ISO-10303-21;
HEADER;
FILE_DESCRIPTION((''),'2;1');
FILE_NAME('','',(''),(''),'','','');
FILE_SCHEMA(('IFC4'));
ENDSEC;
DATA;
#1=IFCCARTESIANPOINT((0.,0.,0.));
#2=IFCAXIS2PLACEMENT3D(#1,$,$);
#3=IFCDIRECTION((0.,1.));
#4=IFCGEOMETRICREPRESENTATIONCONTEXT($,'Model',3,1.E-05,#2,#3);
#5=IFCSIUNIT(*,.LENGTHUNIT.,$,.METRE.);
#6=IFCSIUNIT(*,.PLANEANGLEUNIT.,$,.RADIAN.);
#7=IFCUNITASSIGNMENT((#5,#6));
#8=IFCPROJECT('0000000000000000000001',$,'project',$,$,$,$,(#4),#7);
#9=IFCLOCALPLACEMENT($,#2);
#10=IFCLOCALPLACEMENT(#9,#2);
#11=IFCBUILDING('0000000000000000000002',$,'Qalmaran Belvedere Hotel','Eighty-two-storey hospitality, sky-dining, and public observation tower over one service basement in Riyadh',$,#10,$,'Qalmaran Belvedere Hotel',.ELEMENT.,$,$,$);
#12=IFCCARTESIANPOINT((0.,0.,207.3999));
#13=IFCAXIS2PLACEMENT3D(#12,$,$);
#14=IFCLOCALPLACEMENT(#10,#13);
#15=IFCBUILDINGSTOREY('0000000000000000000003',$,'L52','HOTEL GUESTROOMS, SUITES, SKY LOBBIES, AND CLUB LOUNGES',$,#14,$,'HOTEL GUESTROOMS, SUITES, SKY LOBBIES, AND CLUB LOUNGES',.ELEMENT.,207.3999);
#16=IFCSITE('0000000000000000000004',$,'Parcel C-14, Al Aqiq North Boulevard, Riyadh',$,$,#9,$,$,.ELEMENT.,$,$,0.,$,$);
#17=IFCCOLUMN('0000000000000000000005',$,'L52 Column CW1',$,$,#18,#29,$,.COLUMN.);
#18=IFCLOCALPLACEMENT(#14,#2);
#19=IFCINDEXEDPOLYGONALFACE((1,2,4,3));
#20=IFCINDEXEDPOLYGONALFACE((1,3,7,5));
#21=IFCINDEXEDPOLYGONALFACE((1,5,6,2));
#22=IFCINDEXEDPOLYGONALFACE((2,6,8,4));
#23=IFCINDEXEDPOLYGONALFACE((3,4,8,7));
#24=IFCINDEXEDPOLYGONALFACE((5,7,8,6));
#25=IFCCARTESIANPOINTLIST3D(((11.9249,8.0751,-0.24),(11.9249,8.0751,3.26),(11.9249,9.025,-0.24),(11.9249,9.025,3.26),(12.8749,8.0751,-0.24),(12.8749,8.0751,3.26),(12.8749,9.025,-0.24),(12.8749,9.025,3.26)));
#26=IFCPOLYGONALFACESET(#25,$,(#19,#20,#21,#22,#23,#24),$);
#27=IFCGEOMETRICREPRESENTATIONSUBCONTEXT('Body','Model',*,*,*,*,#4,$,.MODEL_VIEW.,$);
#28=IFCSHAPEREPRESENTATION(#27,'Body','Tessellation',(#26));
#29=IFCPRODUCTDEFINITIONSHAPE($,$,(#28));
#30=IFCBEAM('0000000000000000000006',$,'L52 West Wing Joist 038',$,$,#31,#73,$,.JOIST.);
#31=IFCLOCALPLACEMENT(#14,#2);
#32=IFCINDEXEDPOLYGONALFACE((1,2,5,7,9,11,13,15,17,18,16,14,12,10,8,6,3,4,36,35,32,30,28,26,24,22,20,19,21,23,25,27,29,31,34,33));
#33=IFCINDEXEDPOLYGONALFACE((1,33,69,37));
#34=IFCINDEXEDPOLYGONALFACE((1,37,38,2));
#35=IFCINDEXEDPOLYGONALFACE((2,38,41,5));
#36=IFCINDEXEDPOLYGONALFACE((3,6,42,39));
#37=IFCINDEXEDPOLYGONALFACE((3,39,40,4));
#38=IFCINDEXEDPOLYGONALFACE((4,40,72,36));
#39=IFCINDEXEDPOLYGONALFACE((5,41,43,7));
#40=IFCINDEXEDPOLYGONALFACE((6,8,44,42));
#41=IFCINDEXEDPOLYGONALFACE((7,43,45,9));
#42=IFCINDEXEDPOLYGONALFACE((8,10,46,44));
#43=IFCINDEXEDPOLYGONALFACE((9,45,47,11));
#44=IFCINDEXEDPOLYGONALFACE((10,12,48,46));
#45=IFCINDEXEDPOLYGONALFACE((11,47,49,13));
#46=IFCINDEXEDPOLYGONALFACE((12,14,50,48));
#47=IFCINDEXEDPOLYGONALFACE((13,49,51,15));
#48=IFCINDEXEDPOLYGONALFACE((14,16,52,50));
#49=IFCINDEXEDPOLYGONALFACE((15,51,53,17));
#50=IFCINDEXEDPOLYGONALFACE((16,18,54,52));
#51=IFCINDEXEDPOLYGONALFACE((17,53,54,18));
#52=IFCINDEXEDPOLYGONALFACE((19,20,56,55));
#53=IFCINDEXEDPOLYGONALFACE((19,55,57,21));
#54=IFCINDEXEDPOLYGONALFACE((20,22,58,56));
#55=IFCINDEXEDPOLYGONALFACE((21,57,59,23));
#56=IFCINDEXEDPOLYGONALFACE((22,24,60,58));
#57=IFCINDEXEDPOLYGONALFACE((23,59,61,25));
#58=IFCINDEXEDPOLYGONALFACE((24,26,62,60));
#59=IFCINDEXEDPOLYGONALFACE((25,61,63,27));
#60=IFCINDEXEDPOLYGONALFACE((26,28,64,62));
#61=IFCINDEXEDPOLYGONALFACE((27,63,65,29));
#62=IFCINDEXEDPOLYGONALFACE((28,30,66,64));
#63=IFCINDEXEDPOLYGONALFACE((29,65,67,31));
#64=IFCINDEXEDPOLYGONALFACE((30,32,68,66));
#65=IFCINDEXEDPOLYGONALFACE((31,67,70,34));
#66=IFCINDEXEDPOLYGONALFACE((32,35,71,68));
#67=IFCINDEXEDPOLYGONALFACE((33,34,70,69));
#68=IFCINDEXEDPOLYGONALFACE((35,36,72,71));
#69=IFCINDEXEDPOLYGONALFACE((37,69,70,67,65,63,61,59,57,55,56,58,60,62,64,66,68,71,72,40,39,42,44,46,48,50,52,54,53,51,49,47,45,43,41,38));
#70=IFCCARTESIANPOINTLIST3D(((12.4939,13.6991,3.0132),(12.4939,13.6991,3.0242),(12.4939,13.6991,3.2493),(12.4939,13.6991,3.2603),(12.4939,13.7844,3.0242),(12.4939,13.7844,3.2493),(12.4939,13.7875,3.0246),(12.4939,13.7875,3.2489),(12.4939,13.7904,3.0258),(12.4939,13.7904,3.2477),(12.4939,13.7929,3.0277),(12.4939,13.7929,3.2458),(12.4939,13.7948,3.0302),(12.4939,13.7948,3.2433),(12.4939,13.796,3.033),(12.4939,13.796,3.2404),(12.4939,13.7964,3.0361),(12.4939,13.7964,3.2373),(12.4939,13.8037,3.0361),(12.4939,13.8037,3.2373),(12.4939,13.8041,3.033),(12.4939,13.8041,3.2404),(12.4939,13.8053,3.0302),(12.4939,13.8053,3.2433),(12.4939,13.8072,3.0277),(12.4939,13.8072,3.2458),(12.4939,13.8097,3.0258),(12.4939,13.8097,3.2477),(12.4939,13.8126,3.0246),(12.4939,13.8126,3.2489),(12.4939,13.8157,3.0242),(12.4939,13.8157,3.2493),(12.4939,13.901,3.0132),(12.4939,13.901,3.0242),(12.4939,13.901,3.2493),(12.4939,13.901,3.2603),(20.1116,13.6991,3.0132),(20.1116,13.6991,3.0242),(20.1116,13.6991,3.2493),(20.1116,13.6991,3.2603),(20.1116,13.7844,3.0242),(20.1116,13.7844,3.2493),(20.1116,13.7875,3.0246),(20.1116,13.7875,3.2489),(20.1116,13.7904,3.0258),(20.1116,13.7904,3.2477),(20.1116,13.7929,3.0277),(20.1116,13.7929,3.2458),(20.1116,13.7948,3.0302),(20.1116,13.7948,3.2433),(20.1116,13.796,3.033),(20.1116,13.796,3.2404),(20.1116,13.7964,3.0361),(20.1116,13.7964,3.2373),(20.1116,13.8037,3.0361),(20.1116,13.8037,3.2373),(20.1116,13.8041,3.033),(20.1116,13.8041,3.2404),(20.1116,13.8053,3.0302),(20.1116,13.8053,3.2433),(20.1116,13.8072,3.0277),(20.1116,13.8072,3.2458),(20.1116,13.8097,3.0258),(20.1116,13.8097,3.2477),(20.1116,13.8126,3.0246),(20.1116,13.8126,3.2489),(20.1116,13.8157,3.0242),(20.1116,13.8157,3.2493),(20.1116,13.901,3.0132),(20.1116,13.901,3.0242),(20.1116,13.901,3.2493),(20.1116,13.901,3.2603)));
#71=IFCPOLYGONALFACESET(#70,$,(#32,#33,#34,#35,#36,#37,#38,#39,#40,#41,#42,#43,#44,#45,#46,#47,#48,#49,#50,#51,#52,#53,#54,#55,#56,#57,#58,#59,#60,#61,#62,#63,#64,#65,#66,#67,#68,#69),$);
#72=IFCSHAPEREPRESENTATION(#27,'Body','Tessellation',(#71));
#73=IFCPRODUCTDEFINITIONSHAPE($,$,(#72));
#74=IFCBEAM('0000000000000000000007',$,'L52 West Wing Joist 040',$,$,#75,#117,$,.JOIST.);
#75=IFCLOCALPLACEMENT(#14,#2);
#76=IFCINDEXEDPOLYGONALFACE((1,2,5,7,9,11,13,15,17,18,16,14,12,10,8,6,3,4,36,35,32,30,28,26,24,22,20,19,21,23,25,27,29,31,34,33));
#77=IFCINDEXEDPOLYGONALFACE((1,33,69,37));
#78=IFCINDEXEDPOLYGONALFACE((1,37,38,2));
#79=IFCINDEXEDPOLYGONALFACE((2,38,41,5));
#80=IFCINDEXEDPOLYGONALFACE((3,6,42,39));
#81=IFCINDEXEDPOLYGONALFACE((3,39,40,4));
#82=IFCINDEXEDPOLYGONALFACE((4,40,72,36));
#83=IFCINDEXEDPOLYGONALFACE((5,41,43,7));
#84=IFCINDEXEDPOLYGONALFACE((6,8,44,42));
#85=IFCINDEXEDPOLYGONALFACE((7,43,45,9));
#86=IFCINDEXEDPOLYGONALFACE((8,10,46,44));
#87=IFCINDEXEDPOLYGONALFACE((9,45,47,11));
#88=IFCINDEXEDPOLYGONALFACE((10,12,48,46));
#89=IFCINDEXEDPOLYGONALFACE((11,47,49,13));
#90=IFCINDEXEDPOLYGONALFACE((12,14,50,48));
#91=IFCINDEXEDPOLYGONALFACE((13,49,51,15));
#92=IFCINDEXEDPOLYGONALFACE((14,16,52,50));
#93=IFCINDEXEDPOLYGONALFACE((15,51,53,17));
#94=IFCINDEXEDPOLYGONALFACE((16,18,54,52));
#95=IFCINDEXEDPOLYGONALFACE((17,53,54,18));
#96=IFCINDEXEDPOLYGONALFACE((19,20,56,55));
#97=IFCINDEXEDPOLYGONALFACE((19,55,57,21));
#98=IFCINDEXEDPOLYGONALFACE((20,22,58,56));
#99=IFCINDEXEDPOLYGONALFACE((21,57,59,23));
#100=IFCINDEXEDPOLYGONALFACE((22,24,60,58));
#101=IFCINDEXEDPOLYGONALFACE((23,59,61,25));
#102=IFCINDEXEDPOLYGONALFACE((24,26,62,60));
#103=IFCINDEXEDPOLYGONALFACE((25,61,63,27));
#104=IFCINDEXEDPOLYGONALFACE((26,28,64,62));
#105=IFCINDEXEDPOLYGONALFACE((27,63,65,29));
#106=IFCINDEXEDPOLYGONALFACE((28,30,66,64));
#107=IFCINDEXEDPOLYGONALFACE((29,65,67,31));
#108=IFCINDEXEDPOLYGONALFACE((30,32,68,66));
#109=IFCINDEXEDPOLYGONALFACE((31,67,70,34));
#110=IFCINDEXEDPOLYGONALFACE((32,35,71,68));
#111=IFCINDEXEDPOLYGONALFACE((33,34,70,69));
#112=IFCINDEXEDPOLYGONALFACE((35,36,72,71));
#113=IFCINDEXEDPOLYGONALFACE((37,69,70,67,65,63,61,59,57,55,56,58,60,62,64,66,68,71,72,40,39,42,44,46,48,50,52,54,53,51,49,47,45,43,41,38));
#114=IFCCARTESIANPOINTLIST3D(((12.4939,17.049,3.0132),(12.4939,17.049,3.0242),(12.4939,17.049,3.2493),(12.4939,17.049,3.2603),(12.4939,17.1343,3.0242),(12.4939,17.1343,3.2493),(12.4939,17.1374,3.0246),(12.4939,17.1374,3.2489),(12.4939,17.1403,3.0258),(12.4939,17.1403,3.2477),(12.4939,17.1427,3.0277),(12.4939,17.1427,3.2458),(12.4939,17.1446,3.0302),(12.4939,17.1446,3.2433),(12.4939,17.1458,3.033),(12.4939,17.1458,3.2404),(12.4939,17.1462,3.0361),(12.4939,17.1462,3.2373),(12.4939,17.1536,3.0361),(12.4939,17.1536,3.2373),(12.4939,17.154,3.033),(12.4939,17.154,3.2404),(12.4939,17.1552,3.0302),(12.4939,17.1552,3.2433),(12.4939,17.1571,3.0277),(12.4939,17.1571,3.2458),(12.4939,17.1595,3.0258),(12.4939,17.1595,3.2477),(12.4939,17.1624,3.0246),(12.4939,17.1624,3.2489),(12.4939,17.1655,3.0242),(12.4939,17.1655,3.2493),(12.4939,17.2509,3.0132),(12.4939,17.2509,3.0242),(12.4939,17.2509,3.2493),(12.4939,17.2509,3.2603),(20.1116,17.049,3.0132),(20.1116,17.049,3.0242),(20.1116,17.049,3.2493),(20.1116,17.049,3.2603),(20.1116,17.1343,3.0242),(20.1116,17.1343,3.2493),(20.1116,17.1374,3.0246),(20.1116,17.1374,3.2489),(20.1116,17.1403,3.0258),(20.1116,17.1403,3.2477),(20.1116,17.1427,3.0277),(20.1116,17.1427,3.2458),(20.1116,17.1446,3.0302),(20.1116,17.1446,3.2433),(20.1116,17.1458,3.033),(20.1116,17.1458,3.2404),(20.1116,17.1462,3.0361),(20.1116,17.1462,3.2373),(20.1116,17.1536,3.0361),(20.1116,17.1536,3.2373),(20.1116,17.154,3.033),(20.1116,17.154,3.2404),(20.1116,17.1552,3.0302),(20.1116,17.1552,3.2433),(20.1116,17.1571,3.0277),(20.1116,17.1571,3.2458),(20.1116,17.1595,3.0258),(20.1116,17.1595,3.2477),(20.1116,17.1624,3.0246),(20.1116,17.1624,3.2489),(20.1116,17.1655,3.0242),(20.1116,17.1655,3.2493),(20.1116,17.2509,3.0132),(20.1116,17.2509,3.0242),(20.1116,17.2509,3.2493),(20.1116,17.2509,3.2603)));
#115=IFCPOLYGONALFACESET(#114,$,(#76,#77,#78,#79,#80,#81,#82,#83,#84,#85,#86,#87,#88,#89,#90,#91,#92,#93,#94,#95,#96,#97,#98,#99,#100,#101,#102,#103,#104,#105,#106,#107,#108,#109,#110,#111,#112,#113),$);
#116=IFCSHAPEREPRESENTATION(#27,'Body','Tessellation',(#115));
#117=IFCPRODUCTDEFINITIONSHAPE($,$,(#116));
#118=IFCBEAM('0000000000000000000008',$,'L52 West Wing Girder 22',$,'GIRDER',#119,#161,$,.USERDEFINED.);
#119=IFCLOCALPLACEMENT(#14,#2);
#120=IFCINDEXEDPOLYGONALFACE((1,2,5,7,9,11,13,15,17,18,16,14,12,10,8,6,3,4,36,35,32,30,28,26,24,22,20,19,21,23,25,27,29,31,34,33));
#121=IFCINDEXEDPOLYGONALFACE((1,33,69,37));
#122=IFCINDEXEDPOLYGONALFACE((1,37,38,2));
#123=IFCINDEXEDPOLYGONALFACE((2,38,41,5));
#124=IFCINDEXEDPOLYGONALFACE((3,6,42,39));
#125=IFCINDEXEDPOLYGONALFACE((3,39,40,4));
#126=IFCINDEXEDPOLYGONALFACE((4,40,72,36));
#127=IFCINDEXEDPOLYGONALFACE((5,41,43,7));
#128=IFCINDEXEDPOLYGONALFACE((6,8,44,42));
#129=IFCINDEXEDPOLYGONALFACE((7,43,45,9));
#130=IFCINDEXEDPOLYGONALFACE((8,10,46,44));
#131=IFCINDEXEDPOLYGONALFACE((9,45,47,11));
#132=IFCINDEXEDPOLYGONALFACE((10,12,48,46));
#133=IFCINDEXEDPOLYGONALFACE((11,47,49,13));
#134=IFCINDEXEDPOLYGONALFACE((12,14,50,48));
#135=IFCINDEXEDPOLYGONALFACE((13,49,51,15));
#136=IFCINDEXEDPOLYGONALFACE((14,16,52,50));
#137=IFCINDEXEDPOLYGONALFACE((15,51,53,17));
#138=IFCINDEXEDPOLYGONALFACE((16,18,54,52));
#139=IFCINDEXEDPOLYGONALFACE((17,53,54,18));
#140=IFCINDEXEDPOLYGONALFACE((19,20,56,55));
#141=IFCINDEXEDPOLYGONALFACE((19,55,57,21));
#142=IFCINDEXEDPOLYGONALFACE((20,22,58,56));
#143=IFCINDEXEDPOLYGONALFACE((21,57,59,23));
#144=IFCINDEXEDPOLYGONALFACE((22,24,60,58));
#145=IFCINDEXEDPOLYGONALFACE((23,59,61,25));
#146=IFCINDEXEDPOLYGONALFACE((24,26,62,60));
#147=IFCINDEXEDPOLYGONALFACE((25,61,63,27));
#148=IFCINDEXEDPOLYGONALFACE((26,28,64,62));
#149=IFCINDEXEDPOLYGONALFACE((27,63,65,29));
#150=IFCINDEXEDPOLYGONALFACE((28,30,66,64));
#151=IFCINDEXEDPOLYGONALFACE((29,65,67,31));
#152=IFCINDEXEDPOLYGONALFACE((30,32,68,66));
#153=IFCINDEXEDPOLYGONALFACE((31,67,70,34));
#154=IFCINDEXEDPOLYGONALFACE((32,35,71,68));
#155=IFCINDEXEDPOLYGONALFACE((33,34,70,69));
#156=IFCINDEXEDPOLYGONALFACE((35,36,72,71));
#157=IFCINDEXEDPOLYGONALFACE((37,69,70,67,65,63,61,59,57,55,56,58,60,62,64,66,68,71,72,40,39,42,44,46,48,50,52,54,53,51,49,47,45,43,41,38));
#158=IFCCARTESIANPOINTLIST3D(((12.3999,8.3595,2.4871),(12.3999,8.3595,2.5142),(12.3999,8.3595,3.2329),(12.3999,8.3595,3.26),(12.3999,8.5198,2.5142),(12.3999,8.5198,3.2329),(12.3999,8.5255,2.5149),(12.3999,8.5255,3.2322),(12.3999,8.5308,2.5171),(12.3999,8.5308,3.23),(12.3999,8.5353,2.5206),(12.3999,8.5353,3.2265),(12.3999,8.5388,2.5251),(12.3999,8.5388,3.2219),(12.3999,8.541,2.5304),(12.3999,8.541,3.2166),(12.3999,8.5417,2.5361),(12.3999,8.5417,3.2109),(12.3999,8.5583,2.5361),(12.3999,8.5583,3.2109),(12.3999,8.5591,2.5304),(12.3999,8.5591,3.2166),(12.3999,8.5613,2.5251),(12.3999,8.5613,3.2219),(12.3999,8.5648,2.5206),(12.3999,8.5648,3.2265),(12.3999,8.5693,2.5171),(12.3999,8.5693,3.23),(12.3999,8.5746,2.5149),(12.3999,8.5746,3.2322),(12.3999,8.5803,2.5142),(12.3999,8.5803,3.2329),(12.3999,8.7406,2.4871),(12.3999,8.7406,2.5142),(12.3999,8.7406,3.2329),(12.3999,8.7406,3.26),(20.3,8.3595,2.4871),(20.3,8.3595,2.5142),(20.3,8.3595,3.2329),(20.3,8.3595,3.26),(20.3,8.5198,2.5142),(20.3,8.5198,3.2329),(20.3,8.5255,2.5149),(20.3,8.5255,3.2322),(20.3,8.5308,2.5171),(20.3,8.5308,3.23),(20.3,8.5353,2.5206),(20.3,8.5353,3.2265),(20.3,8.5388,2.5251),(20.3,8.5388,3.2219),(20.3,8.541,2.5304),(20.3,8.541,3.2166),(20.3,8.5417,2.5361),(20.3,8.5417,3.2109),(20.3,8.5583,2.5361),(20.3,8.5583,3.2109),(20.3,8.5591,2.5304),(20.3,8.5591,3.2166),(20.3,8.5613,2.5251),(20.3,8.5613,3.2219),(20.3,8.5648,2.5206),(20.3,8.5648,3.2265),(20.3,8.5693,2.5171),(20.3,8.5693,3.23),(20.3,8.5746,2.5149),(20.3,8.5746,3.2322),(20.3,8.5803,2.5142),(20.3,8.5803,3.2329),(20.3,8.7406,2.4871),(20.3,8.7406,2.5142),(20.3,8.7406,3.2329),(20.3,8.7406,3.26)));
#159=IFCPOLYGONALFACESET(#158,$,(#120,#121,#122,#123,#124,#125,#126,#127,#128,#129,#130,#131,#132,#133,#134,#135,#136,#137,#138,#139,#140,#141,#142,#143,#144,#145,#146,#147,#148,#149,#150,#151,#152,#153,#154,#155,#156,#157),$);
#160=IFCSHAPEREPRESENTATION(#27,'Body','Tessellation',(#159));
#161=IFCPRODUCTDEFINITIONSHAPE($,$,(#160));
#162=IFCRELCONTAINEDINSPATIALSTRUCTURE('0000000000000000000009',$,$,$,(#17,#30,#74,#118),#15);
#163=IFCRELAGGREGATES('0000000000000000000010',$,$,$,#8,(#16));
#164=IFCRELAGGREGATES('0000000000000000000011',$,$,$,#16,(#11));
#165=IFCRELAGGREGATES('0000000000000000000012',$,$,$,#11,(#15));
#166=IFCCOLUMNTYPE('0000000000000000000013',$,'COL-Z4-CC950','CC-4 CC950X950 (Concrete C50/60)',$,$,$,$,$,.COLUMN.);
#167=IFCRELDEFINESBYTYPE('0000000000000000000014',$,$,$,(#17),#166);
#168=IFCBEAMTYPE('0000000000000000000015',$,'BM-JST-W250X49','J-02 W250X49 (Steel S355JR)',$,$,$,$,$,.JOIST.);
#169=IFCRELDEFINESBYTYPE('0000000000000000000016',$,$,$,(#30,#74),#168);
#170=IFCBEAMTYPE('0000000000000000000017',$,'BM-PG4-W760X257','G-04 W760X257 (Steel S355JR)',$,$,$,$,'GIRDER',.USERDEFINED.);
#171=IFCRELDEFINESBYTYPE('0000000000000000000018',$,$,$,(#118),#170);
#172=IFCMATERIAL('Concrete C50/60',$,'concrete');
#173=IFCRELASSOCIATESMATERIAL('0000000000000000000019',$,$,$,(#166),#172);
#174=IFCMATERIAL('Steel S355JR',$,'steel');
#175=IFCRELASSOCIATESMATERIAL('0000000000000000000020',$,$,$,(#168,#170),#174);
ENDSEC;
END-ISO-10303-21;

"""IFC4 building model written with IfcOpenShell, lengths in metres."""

from ifc_helpers import new_model, si_unit, direction, frame, origin, origin_2d, place, context, subcontext, project, spatial, rectangle, i_section, extrude, material, material_profile, profile_set, type_object, element, save


model = new_model("IFC4")

# Units and contexts
model_context = context("Model", 3, precision=1e-05, world=origin(), true_north=direction((0.0, 1.0)))
body_context = subcontext(model_context, "Body", "Model", "MODEL_VIEW")
ifc_project = project(units=[si_unit("LENGTHUNIT", "METRE"), si_unit("PLANEANGLEUNIT", "RADIAN")], contexts=[model_context])

# Site, building, storey
site_placement = place(None, origin())
site = spatial("IfcSite", under=ifc_project, at=site_placement, Name="Parcel C-14, Al Aqiq North Boulevard, Riyadh", CompositionType="ELEMENT", RefElevation=0.0)
building_placement = place(site_placement, origin())
building = spatial("IfcBuilding", under=site, at=building_placement, Name="Qalmaran Belvedere Hotel", Description="Eighty-two-storey hospitality, sky-dining, and public observation tower over one service basement in Riyadh", LongName="Qalmaran Belvedere Hotel", CompositionType="ELEMENT")
storey_placement = place(building_placement, frame((0.0, 0.0, 207.3999)))
storey = spatial("IfcBuildingStorey", under=building, at=storey_placement, Name="L52", Description="HOTEL GUESTROOMS, SUITES, SKY LOBBIES, AND CLUB LOUNGES", LongName="HOTEL GUESTROOMS, SUITES, SKY LOBBIES, AND CLUB LOUNGES", CompositionType="ELEMENT", Elevation=207.3999)

# Column
ifc_material_1 = material(Name="Concrete C50/60", Category="concrete")
ifc_material_profile_1 = material_profile(ifc_material_1, rectangle(XDim=0.95, YDim=0.95, at=origin_2d()), Name="CC950X950")
ifc_profile_set_1 = profile_set([ifc_material_profile_1], Name="Concrete C50/60")
column_type = type_object("IfcColumnType", Name="COL-Z4-CC950", Description="CC-4 CC950X950 (Concrete C50/60)", PredefinedType="COLUMN", material=ifc_profile_set_1)
column_placement = place(storey_placement, frame((12.3999, 8.55, -0.24), z_axis=(0.0, 0.0, 1.0), x_axis=(1.0, 0.0, 0.0)))
element("IfcColumn", 1, at=column_placement, inside=storey, type_object=column_type, Name="L52 Column CW1", PredefinedType="COLUMN", context=body_context, shape_type="SweptSolid", body=[
    extrude(rectangle(XDim=0.95, YDim=0.95, at=origin_2d()), origin(), (0.0, 0.0, 1.0), 3.5),
])

# Beams
ifc_material_2 = material(Name="Steel S355JR", Category="steel")
ifc_material_profile_2 = material_profile(ifc_material_2, i_section(OverallWidth=0.2019, OverallDepth=0.2471, WebThickness=0.0073, FlangeThickness=0.011, FilletRadius=0.012, at=origin_2d()), Name="W250X49")
ifc_profile_set_2 = profile_set([ifc_material_profile_2], Name="Steel S355JR")
beam_type_1 = type_object("IfcBeamType", Name="BM-JST-W250X49", Description="J-02 W250X49 (Steel S355JR)", PredefinedType="JOIST", material=ifc_profile_set_2)
for number, where, z_axis, x_axis, name in (
    (2, (12.4939, 13.8, 3.1367), (1.0, 0.0, 0.0), (0.0, 1.0, 0.0), "L52 West Wing Joist 038"),
    (3, (12.4939, 17.1499, 3.1367), (1.0, 0.0, 0.0), (0.0, 1.0, 0.0), "L52 West Wing Joist 040"),
):
    element("IfcBeam", number, at=place(storey_placement, frame(where, z_axis=z_axis, x_axis=x_axis)), inside=storey, type_object=beam_type_1, Name=name, PredefinedType="JOIST", context=body_context, shape_type="SweptSolid", body=[
        extrude(i_section(OverallWidth=0.2019, OverallDepth=0.2471, WebThickness=0.0073, FlangeThickness=0.011, FilletRadius=0.012, at=origin_2d()), origin(), (0.0, 0.0, 1.0), 7.6177),
    ])
ifc_material_profile_3 = material_profile(ifc_material_2, i_section(OverallWidth=0.3811, OverallDepth=0.7729, WebThickness=0.0166, FlangeThickness=0.0271, FilletRadius=0.022, at=origin_2d()), Name="W760X257")
ifc_profile_set_3 = profile_set([ifc_material_profile_3], Name="Steel S355JR")
beam_type_2 = type_object("IfcBeamType", Name="BM-PG4-W760X257", Description="G-04 W760X257 (Steel S355JR)", ElementType="GIRDER", PredefinedType="USERDEFINED", material=ifc_profile_set_3)
beam_1_placement = place(storey_placement, frame((12.3999, 8.55, 2.8735), z_axis=(1.0, 0.0, 0.0), x_axis=(0.0, 1.0, 0.0)))
element("IfcBeam", 4, at=beam_1_placement, inside=storey, type_object=beam_type_2, Name="L52 West Wing Girder 22", ObjectType="GIRDER", PredefinedType="USERDEFINED", context=body_context, shape_type="SweptSolid", body=[
    extrude(i_section(OverallWidth=0.3811, OverallDepth=0.7729, WebThickness=0.0166, FlangeThickness=0.0271, FilletRadius=0.022, at=origin_2d()), origin(), (0.0, 0.0, 1.0), 7.9001),
])

save(model, "model.ifc")
